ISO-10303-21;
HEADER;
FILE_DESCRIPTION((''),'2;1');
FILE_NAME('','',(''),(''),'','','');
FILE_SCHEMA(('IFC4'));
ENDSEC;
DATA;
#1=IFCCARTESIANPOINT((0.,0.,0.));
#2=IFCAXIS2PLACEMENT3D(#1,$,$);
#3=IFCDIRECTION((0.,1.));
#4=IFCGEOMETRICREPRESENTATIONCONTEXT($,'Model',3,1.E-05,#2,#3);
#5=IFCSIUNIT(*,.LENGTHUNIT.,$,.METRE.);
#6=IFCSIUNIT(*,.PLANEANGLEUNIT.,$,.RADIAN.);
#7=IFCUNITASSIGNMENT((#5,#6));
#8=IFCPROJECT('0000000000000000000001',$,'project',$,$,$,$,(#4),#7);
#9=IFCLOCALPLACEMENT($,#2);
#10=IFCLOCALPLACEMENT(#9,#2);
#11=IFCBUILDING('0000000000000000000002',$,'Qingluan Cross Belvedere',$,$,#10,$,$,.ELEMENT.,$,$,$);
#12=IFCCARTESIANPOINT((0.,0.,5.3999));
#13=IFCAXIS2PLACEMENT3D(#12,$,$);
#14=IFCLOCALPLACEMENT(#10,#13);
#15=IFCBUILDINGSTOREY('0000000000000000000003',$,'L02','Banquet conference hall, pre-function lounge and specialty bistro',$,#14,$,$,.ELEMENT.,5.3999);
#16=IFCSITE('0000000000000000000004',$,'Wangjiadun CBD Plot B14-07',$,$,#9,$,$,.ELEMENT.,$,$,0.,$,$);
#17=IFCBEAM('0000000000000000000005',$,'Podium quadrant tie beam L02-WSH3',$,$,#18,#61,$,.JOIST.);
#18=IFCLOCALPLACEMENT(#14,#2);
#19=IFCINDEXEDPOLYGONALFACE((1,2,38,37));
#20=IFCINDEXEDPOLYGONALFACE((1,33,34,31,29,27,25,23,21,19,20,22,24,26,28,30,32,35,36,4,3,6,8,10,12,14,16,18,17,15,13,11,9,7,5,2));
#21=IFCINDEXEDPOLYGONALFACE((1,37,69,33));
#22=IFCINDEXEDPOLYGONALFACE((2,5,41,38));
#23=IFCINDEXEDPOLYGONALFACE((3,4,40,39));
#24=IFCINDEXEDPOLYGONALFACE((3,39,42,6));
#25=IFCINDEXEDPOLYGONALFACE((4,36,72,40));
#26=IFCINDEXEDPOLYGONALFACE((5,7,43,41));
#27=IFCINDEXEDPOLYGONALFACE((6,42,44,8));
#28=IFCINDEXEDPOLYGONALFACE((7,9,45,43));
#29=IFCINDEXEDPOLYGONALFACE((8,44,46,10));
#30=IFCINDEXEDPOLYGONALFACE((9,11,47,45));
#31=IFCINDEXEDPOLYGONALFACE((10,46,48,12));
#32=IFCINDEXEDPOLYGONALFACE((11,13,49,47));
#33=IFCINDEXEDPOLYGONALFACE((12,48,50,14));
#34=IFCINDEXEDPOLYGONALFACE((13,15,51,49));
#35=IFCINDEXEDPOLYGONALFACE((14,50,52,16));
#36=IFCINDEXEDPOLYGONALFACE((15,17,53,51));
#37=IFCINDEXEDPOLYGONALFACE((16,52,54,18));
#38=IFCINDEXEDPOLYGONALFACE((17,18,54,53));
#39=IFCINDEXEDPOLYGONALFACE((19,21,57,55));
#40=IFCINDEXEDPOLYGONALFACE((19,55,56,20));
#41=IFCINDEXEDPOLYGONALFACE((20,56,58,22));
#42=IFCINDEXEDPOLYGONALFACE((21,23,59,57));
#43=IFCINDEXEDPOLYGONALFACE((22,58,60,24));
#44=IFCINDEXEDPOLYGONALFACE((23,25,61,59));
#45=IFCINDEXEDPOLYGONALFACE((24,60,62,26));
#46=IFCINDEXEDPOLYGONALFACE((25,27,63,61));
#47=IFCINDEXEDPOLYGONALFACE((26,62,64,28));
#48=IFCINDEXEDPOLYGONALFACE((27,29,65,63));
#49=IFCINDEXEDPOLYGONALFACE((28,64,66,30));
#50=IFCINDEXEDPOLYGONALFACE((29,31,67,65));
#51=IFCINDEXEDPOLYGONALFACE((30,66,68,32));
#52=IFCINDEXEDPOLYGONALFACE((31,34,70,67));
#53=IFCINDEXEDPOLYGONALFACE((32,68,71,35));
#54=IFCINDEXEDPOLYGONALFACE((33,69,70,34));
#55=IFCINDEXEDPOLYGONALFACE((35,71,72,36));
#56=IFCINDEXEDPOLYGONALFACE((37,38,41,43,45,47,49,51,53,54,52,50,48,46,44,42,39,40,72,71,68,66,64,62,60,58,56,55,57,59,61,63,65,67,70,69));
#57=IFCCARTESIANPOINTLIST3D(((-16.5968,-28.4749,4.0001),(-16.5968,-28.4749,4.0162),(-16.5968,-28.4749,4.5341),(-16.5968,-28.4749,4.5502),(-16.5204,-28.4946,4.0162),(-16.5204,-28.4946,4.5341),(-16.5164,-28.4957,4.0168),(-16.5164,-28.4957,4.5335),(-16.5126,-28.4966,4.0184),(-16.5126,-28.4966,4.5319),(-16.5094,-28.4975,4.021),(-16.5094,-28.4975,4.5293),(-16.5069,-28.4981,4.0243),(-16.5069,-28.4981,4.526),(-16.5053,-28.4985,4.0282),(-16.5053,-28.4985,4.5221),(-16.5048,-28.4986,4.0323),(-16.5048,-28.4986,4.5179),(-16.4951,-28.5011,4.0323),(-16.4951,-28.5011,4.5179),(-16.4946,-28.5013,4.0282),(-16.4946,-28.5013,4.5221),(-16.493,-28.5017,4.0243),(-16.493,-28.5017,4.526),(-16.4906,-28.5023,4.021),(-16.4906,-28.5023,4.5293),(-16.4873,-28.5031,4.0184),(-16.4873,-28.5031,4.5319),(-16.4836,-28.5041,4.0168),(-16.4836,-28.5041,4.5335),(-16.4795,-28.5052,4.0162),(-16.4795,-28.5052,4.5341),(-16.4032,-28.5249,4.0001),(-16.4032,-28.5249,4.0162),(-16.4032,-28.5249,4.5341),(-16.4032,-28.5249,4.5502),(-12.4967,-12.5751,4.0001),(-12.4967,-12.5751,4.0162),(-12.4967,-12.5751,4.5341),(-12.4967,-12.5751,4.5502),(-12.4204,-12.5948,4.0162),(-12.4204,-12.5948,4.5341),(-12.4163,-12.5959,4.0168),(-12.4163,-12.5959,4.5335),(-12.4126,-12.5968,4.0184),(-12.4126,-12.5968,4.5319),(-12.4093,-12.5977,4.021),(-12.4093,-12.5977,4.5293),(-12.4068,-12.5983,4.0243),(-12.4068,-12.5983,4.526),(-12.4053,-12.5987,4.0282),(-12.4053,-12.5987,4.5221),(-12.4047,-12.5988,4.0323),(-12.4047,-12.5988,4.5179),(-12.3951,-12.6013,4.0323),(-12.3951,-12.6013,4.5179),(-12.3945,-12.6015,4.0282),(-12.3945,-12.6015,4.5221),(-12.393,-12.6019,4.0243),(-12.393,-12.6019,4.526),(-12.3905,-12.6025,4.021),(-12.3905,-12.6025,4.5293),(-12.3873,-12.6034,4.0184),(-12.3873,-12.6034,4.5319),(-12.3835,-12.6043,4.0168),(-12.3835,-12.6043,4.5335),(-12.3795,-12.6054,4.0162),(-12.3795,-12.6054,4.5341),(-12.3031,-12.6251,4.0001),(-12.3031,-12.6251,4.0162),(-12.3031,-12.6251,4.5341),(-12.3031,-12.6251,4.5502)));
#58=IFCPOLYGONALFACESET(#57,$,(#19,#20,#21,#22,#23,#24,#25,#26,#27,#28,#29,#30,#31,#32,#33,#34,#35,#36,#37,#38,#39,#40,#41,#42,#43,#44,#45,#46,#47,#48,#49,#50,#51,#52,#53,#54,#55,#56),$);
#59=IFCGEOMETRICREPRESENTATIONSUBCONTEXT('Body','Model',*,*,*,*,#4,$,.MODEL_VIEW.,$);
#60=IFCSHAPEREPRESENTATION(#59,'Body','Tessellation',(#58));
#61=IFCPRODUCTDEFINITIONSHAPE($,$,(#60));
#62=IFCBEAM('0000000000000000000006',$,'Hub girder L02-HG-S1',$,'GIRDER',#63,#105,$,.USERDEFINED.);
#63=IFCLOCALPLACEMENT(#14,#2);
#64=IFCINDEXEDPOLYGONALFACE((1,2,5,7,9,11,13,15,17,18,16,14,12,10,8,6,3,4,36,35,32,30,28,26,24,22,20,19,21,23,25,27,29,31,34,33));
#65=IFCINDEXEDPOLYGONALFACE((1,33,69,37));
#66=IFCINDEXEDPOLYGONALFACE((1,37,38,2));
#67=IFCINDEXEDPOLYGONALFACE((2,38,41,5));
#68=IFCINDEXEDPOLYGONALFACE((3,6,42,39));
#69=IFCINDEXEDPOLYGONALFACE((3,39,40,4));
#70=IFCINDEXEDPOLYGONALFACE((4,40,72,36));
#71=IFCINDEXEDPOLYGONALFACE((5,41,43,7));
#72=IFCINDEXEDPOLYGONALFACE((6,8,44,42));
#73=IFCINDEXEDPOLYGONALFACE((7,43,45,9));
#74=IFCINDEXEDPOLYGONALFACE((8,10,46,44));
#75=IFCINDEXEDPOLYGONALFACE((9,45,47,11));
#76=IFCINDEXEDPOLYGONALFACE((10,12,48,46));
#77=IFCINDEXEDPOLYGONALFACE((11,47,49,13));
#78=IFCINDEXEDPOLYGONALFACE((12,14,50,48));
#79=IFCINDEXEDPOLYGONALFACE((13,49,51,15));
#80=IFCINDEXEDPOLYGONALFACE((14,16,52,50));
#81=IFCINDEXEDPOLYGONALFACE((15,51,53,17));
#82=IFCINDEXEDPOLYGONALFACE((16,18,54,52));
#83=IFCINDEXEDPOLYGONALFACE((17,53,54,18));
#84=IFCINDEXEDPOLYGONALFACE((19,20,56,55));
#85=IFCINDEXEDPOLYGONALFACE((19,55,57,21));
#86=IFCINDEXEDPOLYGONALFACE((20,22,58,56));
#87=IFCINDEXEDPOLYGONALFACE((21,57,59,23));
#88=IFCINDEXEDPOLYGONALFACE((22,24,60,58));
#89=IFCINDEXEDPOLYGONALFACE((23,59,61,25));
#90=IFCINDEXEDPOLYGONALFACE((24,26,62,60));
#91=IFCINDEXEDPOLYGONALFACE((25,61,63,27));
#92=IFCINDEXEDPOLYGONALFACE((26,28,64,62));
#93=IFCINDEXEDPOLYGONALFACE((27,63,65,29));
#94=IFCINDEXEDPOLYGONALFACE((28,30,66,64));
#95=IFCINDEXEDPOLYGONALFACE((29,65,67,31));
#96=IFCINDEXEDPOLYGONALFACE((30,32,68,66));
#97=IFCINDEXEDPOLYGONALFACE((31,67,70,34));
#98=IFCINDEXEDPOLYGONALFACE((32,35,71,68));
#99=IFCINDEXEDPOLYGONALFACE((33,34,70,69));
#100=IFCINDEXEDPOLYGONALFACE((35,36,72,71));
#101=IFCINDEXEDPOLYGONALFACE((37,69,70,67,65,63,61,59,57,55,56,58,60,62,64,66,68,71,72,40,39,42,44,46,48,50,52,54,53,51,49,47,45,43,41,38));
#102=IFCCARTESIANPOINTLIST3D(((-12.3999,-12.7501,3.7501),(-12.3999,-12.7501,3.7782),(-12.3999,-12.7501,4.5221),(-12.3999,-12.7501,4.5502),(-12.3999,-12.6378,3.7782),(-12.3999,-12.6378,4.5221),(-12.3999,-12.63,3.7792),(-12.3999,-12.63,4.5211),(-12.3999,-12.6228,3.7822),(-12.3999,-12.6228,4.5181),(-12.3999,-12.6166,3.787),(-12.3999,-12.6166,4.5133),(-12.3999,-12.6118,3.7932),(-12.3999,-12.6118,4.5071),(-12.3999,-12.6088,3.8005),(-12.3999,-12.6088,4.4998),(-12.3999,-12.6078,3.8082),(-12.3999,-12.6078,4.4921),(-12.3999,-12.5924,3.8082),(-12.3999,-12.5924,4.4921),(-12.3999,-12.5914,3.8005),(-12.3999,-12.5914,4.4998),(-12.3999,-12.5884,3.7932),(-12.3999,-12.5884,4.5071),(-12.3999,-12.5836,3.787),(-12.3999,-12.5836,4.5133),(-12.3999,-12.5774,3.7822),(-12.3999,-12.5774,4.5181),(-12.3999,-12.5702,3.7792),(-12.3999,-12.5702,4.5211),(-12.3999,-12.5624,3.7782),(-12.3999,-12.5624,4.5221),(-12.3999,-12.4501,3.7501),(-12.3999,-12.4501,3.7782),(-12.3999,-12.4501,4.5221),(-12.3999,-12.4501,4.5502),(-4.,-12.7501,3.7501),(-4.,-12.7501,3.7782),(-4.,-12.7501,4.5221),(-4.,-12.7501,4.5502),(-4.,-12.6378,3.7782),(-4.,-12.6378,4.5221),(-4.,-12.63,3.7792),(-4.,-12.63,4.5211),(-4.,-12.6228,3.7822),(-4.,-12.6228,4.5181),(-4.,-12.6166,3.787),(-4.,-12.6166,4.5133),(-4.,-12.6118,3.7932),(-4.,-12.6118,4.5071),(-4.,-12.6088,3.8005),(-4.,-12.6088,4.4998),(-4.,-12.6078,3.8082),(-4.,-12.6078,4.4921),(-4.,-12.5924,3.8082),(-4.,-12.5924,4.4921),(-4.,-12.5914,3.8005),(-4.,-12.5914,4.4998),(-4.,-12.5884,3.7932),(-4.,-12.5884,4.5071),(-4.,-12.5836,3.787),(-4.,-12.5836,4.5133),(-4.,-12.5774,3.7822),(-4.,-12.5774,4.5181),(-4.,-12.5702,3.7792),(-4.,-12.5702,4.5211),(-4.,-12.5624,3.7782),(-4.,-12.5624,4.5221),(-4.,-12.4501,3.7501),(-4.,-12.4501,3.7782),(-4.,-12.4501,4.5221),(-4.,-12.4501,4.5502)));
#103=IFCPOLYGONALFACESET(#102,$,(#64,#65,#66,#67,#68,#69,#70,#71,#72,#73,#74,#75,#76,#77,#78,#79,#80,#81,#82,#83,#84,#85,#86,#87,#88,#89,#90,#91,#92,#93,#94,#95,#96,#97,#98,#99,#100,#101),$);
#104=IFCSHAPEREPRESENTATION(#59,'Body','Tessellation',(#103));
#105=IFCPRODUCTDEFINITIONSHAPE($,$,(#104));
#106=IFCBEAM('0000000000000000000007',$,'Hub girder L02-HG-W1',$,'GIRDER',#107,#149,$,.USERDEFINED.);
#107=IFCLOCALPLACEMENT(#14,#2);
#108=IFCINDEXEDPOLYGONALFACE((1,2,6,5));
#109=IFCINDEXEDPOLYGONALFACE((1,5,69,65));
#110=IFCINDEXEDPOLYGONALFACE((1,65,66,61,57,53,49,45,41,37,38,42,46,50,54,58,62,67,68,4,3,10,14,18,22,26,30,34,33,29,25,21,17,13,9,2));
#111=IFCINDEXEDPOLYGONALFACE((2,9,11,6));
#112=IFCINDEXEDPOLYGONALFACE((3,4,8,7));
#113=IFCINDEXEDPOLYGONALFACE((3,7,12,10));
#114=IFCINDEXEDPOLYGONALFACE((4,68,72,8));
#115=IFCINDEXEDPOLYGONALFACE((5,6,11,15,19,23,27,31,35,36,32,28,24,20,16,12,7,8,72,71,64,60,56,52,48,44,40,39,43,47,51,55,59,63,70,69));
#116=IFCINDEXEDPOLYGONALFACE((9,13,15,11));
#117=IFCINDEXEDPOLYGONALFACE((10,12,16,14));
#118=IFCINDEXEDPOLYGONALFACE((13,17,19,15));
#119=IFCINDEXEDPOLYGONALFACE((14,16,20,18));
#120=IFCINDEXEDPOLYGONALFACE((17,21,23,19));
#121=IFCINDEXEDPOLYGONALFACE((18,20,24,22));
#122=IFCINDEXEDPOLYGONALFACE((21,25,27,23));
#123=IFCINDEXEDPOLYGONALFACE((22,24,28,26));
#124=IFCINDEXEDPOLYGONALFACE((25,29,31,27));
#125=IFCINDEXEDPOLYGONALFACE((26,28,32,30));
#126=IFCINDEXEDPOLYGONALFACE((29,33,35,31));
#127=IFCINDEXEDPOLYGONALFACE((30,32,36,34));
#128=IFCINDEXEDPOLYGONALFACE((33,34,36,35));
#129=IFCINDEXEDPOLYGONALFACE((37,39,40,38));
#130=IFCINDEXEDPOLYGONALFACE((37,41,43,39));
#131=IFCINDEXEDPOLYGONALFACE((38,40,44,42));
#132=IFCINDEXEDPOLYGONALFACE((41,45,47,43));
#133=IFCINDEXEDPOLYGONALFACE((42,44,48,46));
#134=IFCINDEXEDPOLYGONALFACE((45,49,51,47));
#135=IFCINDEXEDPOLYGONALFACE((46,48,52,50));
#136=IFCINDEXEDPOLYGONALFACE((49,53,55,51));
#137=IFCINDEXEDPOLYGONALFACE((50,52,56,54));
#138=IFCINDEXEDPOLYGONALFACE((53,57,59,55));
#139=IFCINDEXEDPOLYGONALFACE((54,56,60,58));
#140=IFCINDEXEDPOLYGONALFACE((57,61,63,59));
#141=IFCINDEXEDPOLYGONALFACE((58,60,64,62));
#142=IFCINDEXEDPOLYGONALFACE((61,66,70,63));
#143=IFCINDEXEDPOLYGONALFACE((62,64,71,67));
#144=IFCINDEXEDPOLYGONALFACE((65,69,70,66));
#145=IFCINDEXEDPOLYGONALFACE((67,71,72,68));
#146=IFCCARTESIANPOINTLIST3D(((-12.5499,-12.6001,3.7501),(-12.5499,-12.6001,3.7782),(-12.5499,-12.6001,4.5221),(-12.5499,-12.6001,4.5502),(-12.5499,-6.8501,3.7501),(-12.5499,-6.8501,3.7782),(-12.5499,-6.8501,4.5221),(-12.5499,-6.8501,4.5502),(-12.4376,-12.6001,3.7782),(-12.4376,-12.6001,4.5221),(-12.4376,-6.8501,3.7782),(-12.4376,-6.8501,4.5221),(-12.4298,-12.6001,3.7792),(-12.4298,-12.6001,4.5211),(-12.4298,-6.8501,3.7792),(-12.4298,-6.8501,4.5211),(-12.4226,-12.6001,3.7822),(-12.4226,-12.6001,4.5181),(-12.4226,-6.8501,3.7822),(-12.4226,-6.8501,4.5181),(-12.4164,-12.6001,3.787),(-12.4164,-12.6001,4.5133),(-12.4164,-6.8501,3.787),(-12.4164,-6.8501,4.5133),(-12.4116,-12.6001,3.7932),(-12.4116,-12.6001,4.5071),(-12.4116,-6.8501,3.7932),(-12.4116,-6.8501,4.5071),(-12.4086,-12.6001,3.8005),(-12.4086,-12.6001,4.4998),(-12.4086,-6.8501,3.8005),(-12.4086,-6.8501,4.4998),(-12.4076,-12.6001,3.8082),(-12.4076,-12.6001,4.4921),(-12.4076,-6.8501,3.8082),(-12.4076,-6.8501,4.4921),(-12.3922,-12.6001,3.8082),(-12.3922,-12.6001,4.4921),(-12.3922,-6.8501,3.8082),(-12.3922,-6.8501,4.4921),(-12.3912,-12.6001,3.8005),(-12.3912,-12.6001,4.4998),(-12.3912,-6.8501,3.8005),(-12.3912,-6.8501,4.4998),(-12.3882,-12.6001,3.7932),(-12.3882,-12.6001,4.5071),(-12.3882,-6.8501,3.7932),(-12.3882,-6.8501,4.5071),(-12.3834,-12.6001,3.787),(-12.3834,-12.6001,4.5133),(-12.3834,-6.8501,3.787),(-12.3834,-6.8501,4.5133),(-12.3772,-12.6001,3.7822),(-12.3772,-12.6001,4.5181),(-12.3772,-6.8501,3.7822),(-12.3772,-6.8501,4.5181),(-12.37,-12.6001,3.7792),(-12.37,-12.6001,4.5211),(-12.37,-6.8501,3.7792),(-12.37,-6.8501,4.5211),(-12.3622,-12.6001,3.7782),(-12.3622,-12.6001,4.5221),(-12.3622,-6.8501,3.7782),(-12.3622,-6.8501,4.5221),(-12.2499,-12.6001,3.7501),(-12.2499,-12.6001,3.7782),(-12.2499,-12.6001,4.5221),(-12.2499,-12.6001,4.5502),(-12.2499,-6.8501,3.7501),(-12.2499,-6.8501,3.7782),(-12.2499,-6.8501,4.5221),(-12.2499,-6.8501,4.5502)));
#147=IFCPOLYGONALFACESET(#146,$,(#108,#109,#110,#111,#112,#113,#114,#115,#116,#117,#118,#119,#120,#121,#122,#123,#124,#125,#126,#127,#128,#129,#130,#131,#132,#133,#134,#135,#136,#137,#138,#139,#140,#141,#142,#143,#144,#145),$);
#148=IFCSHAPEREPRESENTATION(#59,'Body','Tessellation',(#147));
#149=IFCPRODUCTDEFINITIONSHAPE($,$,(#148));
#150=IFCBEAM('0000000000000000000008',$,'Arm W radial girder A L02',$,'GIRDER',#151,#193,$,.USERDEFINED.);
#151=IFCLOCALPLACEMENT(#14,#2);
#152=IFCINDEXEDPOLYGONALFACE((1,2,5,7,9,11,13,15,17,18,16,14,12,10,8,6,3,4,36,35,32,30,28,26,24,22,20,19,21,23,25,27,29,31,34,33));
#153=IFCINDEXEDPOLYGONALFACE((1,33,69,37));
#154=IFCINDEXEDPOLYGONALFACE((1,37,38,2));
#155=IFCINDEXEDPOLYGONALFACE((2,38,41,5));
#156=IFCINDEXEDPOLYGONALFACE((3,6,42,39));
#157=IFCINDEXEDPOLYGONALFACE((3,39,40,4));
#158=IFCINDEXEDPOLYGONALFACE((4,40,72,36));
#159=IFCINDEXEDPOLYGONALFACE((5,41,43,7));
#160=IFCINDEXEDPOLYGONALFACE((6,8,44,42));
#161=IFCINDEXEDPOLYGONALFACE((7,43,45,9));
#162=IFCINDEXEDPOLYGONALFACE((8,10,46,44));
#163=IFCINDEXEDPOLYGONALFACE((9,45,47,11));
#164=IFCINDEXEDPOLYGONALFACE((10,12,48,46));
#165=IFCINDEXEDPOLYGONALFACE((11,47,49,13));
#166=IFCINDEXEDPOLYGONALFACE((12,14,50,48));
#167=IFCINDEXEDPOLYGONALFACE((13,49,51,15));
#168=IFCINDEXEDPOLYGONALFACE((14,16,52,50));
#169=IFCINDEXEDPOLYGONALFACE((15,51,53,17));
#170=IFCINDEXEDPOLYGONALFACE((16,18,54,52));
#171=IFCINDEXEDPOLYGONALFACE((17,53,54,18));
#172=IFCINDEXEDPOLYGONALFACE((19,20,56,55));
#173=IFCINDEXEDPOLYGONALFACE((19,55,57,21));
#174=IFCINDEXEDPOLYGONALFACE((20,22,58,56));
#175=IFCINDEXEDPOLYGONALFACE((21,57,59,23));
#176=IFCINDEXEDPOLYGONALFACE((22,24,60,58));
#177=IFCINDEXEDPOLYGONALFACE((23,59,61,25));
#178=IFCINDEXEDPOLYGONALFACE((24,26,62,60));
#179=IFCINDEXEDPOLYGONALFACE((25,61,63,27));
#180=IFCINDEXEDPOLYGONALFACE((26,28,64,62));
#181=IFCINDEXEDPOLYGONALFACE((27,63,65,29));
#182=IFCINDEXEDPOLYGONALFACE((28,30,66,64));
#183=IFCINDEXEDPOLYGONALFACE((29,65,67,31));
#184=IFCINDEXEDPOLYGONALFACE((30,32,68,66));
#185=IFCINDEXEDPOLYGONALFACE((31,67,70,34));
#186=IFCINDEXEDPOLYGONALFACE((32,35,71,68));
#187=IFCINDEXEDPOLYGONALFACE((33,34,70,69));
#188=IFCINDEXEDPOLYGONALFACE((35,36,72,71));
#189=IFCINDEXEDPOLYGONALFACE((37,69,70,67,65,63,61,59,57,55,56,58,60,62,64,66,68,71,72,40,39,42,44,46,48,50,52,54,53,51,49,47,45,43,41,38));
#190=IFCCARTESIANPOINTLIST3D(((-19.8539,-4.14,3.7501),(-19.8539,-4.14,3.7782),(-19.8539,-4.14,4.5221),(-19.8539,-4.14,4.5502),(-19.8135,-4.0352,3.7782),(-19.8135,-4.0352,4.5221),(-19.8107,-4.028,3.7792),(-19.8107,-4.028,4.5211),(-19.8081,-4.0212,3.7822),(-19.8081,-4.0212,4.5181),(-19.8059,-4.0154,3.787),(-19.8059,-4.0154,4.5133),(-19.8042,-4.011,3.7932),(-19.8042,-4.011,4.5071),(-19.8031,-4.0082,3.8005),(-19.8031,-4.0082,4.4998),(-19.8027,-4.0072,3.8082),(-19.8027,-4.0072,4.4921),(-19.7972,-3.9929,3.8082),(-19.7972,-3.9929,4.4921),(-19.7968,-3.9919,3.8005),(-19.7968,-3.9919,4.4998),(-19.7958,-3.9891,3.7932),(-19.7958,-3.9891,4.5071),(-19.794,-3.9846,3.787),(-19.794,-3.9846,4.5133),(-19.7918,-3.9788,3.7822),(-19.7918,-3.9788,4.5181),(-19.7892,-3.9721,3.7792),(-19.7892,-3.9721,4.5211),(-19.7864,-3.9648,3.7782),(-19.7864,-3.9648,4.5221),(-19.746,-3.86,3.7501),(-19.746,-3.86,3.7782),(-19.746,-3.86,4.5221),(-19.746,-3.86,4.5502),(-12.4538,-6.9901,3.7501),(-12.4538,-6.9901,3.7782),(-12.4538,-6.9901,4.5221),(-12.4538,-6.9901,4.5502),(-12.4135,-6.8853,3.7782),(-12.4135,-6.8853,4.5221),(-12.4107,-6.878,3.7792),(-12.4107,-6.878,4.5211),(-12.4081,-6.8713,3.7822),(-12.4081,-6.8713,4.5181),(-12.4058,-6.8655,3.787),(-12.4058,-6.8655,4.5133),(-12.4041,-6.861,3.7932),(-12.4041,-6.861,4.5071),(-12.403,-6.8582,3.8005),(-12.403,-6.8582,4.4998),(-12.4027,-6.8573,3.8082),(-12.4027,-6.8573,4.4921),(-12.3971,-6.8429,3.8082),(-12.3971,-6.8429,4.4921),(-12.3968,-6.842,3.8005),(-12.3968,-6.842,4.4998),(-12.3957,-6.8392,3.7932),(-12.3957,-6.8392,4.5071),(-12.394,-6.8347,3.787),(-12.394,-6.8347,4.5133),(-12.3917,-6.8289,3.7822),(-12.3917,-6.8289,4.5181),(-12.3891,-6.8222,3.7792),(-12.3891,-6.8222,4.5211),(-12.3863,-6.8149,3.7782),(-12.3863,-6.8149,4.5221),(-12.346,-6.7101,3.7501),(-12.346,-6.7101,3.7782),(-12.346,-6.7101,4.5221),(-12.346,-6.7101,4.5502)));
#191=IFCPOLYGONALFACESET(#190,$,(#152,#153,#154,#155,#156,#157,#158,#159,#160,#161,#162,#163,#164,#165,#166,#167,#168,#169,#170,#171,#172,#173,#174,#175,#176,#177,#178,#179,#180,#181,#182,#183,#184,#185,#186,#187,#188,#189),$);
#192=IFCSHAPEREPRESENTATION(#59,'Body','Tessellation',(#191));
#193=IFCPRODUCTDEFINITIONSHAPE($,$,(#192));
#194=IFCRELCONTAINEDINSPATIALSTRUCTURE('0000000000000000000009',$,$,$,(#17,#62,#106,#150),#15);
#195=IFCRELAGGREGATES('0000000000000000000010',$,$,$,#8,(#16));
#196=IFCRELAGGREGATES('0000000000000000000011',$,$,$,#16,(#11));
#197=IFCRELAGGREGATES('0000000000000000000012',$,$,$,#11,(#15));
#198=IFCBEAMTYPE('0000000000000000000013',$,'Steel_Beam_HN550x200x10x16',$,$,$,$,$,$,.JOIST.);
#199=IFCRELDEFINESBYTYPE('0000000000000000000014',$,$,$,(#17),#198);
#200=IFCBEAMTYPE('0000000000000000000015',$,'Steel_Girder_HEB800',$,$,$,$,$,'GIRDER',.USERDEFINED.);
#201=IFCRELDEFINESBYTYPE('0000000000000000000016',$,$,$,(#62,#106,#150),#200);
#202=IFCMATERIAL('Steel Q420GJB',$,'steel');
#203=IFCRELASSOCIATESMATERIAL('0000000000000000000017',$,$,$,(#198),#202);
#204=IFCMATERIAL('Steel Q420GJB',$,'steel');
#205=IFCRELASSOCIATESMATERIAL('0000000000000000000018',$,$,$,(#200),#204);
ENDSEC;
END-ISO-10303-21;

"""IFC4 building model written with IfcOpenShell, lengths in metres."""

from ifc_helpers import new_model, si_unit, direction, frame, origin, origin_2d, place, context, subcontext, project, spatial, i_section, extrude, material, material_profile, profile_set, type_object, element, save


model = new_model("IFC4")

# Units and contexts
model_context = context("Model", 3, precision=1e-05, world=origin(), true_north=direction((0.0, 1.0)))
body_context = subcontext(model_context, "Body", "Model", "MODEL_VIEW")
ifc_project = project(units=[si_unit("LENGTHUNIT", "METRE"), si_unit("PLANEANGLEUNIT", "RADIAN")], contexts=[model_context])

# Site, building, storey
site_placement = place(None, origin())
site = spatial("IfcSite", under=ifc_project, at=site_placement, Name="Wangjiadun CBD Plot B14-07", CompositionType="ELEMENT", RefElevation=0.0)
building_placement = place(site_placement, origin())
building = spatial("IfcBuilding", under=site, at=building_placement, Name="Qingluan Cross Belvedere", CompositionType="ELEMENT")
storey_placement = place(building_placement, frame((0.0, 0.0, 5.3999)))
storey = spatial("IfcBuildingStorey", under=building, at=storey_placement, Name="L02", Description="Banquet conference hall, pre-function lounge and specialty bistro", CompositionType="ELEMENT", Elevation=5.3999)

# Beams
ifc_material_1 = material(Name="Steel Q420GJB", Category="steel")
ifc_material_profile_1 = material_profile(ifc_material_1, i_section(OverallWidth=0.2, OverallDepth=0.55, WebThickness=0.01, FlangeThickness=0.0161, FilletRadius=0.0161, at=origin_2d()), Name="HN550x200x10x16")
ifc_profile_set_1 = profile_set([ifc_material_profile_1], Name="Steel Q420GJB")
beam_type_1 = type_object("IfcBeamType", Name="Steel_Beam_HN550x200x10x16", PredefinedType="JOIST", material=ifc_profile_set_1)
beam_1_placement = place(storey_placement, frame((-12.3999, -12.6001, 4.2751), z_axis=(-0.249701, -0.968323, 0.0), x_axis=(0.968323, -0.249701, 0.0)))
element("IfcBeam", 1, at=beam_1_placement, inside=storey, type_object=beam_type_1, Name="Podium quadrant tie beam L02-WSH3", PredefinedType="JOIST", context=body_context, shape_type="SweptSolid", body=[
    extrude(i_section(OverallWidth=0.2, OverallDepth=0.55, WebThickness=0.01, FlangeThickness=0.0161, FilletRadius=0.0161, at=origin_2d()), origin(), (0.0, 0.0, 1.0), 16.4199),
])
ifc_material_2 = material(Name="Steel Q420GJB", Category="steel")
ifc_material_profile_2 = material_profile(ifc_material_2, i_section(OverallWidth=0.3, OverallDepth=0.8, WebThickness=0.0154, FlangeThickness=0.0281, FilletRadius=0.03, at=origin_2d()), Name="HEB800")
ifc_profile_set_2 = profile_set([ifc_material_profile_2], Name="Steel Q420GJB")
beam_type_2 = type_object("IfcBeamType", Name="Steel_Girder_HEB800", ElementType="GIRDER", PredefinedType="USERDEFINED", material=ifc_profile_set_2)
beam_2_placement = place(storey_placement, frame((-12.3999, -12.6001, 4.1501), z_axis=(1.0, 0.0, 0.0), x_axis=(0.0, 1.0, 0.0)))
element("IfcBeam", 2, at=beam_2_placement, inside=storey, type_object=beam_type_2, Name="Hub girder L02-HG-S1", ObjectType="GIRDER", PredefinedType="USERDEFINED", context=body_context, shape_type="SweptSolid", body=[
    extrude(i_section(OverallWidth=0.3, OverallDepth=0.8, WebThickness=0.0154, FlangeThickness=0.0281, FilletRadius=0.03, at=origin_2d()), origin(), (0.0, 0.0, 1.0), 8.3999),
])
beam_3_placement = place(storey_placement, frame((-12.3999, -12.6001, 4.1501), z_axis=(0.0, 1.0, 0.0), x_axis=(-1.0, 0.0, 0.0)))
element("IfcBeam", 3, at=beam_3_placement, inside=storey, type_object=beam_type_2, Name="Hub girder L02-HG-W1", ObjectType="GIRDER", PredefinedType="USERDEFINED", context=body_context, shape_type="SweptSolid", body=[
    extrude(i_section(OverallWidth=0.3, OverallDepth=0.8, WebThickness=0.0154, FlangeThickness=0.0281, FilletRadius=0.03, at=origin_2d()), origin(), (0.0, 0.0, 1.0), 5.75),
])
beam_4_placement = place(storey_placement, frame((-12.3999, -6.8501, 4.1501), z_axis=(-0.933181, 0.359406, 0.0), x_axis=(-0.359406, -0.933181, 0.0)))
element("IfcBeam", 4, at=beam_4_placement, inside=storey, type_object=beam_type_2, Name="Arm W radial girder A L02", ObjectType="GIRDER", PredefinedType="USERDEFINED", context=body_context, shape_type="SweptSolid", body=[
    extrude(i_section(OverallWidth=0.3, OverallDepth=0.8, WebThickness=0.0154, FlangeThickness=0.0281, FilletRadius=0.03, at=origin_2d()), origin(), (0.0, 0.0, 1.0), 7.9299),
])

save(model, "model.ifc")
